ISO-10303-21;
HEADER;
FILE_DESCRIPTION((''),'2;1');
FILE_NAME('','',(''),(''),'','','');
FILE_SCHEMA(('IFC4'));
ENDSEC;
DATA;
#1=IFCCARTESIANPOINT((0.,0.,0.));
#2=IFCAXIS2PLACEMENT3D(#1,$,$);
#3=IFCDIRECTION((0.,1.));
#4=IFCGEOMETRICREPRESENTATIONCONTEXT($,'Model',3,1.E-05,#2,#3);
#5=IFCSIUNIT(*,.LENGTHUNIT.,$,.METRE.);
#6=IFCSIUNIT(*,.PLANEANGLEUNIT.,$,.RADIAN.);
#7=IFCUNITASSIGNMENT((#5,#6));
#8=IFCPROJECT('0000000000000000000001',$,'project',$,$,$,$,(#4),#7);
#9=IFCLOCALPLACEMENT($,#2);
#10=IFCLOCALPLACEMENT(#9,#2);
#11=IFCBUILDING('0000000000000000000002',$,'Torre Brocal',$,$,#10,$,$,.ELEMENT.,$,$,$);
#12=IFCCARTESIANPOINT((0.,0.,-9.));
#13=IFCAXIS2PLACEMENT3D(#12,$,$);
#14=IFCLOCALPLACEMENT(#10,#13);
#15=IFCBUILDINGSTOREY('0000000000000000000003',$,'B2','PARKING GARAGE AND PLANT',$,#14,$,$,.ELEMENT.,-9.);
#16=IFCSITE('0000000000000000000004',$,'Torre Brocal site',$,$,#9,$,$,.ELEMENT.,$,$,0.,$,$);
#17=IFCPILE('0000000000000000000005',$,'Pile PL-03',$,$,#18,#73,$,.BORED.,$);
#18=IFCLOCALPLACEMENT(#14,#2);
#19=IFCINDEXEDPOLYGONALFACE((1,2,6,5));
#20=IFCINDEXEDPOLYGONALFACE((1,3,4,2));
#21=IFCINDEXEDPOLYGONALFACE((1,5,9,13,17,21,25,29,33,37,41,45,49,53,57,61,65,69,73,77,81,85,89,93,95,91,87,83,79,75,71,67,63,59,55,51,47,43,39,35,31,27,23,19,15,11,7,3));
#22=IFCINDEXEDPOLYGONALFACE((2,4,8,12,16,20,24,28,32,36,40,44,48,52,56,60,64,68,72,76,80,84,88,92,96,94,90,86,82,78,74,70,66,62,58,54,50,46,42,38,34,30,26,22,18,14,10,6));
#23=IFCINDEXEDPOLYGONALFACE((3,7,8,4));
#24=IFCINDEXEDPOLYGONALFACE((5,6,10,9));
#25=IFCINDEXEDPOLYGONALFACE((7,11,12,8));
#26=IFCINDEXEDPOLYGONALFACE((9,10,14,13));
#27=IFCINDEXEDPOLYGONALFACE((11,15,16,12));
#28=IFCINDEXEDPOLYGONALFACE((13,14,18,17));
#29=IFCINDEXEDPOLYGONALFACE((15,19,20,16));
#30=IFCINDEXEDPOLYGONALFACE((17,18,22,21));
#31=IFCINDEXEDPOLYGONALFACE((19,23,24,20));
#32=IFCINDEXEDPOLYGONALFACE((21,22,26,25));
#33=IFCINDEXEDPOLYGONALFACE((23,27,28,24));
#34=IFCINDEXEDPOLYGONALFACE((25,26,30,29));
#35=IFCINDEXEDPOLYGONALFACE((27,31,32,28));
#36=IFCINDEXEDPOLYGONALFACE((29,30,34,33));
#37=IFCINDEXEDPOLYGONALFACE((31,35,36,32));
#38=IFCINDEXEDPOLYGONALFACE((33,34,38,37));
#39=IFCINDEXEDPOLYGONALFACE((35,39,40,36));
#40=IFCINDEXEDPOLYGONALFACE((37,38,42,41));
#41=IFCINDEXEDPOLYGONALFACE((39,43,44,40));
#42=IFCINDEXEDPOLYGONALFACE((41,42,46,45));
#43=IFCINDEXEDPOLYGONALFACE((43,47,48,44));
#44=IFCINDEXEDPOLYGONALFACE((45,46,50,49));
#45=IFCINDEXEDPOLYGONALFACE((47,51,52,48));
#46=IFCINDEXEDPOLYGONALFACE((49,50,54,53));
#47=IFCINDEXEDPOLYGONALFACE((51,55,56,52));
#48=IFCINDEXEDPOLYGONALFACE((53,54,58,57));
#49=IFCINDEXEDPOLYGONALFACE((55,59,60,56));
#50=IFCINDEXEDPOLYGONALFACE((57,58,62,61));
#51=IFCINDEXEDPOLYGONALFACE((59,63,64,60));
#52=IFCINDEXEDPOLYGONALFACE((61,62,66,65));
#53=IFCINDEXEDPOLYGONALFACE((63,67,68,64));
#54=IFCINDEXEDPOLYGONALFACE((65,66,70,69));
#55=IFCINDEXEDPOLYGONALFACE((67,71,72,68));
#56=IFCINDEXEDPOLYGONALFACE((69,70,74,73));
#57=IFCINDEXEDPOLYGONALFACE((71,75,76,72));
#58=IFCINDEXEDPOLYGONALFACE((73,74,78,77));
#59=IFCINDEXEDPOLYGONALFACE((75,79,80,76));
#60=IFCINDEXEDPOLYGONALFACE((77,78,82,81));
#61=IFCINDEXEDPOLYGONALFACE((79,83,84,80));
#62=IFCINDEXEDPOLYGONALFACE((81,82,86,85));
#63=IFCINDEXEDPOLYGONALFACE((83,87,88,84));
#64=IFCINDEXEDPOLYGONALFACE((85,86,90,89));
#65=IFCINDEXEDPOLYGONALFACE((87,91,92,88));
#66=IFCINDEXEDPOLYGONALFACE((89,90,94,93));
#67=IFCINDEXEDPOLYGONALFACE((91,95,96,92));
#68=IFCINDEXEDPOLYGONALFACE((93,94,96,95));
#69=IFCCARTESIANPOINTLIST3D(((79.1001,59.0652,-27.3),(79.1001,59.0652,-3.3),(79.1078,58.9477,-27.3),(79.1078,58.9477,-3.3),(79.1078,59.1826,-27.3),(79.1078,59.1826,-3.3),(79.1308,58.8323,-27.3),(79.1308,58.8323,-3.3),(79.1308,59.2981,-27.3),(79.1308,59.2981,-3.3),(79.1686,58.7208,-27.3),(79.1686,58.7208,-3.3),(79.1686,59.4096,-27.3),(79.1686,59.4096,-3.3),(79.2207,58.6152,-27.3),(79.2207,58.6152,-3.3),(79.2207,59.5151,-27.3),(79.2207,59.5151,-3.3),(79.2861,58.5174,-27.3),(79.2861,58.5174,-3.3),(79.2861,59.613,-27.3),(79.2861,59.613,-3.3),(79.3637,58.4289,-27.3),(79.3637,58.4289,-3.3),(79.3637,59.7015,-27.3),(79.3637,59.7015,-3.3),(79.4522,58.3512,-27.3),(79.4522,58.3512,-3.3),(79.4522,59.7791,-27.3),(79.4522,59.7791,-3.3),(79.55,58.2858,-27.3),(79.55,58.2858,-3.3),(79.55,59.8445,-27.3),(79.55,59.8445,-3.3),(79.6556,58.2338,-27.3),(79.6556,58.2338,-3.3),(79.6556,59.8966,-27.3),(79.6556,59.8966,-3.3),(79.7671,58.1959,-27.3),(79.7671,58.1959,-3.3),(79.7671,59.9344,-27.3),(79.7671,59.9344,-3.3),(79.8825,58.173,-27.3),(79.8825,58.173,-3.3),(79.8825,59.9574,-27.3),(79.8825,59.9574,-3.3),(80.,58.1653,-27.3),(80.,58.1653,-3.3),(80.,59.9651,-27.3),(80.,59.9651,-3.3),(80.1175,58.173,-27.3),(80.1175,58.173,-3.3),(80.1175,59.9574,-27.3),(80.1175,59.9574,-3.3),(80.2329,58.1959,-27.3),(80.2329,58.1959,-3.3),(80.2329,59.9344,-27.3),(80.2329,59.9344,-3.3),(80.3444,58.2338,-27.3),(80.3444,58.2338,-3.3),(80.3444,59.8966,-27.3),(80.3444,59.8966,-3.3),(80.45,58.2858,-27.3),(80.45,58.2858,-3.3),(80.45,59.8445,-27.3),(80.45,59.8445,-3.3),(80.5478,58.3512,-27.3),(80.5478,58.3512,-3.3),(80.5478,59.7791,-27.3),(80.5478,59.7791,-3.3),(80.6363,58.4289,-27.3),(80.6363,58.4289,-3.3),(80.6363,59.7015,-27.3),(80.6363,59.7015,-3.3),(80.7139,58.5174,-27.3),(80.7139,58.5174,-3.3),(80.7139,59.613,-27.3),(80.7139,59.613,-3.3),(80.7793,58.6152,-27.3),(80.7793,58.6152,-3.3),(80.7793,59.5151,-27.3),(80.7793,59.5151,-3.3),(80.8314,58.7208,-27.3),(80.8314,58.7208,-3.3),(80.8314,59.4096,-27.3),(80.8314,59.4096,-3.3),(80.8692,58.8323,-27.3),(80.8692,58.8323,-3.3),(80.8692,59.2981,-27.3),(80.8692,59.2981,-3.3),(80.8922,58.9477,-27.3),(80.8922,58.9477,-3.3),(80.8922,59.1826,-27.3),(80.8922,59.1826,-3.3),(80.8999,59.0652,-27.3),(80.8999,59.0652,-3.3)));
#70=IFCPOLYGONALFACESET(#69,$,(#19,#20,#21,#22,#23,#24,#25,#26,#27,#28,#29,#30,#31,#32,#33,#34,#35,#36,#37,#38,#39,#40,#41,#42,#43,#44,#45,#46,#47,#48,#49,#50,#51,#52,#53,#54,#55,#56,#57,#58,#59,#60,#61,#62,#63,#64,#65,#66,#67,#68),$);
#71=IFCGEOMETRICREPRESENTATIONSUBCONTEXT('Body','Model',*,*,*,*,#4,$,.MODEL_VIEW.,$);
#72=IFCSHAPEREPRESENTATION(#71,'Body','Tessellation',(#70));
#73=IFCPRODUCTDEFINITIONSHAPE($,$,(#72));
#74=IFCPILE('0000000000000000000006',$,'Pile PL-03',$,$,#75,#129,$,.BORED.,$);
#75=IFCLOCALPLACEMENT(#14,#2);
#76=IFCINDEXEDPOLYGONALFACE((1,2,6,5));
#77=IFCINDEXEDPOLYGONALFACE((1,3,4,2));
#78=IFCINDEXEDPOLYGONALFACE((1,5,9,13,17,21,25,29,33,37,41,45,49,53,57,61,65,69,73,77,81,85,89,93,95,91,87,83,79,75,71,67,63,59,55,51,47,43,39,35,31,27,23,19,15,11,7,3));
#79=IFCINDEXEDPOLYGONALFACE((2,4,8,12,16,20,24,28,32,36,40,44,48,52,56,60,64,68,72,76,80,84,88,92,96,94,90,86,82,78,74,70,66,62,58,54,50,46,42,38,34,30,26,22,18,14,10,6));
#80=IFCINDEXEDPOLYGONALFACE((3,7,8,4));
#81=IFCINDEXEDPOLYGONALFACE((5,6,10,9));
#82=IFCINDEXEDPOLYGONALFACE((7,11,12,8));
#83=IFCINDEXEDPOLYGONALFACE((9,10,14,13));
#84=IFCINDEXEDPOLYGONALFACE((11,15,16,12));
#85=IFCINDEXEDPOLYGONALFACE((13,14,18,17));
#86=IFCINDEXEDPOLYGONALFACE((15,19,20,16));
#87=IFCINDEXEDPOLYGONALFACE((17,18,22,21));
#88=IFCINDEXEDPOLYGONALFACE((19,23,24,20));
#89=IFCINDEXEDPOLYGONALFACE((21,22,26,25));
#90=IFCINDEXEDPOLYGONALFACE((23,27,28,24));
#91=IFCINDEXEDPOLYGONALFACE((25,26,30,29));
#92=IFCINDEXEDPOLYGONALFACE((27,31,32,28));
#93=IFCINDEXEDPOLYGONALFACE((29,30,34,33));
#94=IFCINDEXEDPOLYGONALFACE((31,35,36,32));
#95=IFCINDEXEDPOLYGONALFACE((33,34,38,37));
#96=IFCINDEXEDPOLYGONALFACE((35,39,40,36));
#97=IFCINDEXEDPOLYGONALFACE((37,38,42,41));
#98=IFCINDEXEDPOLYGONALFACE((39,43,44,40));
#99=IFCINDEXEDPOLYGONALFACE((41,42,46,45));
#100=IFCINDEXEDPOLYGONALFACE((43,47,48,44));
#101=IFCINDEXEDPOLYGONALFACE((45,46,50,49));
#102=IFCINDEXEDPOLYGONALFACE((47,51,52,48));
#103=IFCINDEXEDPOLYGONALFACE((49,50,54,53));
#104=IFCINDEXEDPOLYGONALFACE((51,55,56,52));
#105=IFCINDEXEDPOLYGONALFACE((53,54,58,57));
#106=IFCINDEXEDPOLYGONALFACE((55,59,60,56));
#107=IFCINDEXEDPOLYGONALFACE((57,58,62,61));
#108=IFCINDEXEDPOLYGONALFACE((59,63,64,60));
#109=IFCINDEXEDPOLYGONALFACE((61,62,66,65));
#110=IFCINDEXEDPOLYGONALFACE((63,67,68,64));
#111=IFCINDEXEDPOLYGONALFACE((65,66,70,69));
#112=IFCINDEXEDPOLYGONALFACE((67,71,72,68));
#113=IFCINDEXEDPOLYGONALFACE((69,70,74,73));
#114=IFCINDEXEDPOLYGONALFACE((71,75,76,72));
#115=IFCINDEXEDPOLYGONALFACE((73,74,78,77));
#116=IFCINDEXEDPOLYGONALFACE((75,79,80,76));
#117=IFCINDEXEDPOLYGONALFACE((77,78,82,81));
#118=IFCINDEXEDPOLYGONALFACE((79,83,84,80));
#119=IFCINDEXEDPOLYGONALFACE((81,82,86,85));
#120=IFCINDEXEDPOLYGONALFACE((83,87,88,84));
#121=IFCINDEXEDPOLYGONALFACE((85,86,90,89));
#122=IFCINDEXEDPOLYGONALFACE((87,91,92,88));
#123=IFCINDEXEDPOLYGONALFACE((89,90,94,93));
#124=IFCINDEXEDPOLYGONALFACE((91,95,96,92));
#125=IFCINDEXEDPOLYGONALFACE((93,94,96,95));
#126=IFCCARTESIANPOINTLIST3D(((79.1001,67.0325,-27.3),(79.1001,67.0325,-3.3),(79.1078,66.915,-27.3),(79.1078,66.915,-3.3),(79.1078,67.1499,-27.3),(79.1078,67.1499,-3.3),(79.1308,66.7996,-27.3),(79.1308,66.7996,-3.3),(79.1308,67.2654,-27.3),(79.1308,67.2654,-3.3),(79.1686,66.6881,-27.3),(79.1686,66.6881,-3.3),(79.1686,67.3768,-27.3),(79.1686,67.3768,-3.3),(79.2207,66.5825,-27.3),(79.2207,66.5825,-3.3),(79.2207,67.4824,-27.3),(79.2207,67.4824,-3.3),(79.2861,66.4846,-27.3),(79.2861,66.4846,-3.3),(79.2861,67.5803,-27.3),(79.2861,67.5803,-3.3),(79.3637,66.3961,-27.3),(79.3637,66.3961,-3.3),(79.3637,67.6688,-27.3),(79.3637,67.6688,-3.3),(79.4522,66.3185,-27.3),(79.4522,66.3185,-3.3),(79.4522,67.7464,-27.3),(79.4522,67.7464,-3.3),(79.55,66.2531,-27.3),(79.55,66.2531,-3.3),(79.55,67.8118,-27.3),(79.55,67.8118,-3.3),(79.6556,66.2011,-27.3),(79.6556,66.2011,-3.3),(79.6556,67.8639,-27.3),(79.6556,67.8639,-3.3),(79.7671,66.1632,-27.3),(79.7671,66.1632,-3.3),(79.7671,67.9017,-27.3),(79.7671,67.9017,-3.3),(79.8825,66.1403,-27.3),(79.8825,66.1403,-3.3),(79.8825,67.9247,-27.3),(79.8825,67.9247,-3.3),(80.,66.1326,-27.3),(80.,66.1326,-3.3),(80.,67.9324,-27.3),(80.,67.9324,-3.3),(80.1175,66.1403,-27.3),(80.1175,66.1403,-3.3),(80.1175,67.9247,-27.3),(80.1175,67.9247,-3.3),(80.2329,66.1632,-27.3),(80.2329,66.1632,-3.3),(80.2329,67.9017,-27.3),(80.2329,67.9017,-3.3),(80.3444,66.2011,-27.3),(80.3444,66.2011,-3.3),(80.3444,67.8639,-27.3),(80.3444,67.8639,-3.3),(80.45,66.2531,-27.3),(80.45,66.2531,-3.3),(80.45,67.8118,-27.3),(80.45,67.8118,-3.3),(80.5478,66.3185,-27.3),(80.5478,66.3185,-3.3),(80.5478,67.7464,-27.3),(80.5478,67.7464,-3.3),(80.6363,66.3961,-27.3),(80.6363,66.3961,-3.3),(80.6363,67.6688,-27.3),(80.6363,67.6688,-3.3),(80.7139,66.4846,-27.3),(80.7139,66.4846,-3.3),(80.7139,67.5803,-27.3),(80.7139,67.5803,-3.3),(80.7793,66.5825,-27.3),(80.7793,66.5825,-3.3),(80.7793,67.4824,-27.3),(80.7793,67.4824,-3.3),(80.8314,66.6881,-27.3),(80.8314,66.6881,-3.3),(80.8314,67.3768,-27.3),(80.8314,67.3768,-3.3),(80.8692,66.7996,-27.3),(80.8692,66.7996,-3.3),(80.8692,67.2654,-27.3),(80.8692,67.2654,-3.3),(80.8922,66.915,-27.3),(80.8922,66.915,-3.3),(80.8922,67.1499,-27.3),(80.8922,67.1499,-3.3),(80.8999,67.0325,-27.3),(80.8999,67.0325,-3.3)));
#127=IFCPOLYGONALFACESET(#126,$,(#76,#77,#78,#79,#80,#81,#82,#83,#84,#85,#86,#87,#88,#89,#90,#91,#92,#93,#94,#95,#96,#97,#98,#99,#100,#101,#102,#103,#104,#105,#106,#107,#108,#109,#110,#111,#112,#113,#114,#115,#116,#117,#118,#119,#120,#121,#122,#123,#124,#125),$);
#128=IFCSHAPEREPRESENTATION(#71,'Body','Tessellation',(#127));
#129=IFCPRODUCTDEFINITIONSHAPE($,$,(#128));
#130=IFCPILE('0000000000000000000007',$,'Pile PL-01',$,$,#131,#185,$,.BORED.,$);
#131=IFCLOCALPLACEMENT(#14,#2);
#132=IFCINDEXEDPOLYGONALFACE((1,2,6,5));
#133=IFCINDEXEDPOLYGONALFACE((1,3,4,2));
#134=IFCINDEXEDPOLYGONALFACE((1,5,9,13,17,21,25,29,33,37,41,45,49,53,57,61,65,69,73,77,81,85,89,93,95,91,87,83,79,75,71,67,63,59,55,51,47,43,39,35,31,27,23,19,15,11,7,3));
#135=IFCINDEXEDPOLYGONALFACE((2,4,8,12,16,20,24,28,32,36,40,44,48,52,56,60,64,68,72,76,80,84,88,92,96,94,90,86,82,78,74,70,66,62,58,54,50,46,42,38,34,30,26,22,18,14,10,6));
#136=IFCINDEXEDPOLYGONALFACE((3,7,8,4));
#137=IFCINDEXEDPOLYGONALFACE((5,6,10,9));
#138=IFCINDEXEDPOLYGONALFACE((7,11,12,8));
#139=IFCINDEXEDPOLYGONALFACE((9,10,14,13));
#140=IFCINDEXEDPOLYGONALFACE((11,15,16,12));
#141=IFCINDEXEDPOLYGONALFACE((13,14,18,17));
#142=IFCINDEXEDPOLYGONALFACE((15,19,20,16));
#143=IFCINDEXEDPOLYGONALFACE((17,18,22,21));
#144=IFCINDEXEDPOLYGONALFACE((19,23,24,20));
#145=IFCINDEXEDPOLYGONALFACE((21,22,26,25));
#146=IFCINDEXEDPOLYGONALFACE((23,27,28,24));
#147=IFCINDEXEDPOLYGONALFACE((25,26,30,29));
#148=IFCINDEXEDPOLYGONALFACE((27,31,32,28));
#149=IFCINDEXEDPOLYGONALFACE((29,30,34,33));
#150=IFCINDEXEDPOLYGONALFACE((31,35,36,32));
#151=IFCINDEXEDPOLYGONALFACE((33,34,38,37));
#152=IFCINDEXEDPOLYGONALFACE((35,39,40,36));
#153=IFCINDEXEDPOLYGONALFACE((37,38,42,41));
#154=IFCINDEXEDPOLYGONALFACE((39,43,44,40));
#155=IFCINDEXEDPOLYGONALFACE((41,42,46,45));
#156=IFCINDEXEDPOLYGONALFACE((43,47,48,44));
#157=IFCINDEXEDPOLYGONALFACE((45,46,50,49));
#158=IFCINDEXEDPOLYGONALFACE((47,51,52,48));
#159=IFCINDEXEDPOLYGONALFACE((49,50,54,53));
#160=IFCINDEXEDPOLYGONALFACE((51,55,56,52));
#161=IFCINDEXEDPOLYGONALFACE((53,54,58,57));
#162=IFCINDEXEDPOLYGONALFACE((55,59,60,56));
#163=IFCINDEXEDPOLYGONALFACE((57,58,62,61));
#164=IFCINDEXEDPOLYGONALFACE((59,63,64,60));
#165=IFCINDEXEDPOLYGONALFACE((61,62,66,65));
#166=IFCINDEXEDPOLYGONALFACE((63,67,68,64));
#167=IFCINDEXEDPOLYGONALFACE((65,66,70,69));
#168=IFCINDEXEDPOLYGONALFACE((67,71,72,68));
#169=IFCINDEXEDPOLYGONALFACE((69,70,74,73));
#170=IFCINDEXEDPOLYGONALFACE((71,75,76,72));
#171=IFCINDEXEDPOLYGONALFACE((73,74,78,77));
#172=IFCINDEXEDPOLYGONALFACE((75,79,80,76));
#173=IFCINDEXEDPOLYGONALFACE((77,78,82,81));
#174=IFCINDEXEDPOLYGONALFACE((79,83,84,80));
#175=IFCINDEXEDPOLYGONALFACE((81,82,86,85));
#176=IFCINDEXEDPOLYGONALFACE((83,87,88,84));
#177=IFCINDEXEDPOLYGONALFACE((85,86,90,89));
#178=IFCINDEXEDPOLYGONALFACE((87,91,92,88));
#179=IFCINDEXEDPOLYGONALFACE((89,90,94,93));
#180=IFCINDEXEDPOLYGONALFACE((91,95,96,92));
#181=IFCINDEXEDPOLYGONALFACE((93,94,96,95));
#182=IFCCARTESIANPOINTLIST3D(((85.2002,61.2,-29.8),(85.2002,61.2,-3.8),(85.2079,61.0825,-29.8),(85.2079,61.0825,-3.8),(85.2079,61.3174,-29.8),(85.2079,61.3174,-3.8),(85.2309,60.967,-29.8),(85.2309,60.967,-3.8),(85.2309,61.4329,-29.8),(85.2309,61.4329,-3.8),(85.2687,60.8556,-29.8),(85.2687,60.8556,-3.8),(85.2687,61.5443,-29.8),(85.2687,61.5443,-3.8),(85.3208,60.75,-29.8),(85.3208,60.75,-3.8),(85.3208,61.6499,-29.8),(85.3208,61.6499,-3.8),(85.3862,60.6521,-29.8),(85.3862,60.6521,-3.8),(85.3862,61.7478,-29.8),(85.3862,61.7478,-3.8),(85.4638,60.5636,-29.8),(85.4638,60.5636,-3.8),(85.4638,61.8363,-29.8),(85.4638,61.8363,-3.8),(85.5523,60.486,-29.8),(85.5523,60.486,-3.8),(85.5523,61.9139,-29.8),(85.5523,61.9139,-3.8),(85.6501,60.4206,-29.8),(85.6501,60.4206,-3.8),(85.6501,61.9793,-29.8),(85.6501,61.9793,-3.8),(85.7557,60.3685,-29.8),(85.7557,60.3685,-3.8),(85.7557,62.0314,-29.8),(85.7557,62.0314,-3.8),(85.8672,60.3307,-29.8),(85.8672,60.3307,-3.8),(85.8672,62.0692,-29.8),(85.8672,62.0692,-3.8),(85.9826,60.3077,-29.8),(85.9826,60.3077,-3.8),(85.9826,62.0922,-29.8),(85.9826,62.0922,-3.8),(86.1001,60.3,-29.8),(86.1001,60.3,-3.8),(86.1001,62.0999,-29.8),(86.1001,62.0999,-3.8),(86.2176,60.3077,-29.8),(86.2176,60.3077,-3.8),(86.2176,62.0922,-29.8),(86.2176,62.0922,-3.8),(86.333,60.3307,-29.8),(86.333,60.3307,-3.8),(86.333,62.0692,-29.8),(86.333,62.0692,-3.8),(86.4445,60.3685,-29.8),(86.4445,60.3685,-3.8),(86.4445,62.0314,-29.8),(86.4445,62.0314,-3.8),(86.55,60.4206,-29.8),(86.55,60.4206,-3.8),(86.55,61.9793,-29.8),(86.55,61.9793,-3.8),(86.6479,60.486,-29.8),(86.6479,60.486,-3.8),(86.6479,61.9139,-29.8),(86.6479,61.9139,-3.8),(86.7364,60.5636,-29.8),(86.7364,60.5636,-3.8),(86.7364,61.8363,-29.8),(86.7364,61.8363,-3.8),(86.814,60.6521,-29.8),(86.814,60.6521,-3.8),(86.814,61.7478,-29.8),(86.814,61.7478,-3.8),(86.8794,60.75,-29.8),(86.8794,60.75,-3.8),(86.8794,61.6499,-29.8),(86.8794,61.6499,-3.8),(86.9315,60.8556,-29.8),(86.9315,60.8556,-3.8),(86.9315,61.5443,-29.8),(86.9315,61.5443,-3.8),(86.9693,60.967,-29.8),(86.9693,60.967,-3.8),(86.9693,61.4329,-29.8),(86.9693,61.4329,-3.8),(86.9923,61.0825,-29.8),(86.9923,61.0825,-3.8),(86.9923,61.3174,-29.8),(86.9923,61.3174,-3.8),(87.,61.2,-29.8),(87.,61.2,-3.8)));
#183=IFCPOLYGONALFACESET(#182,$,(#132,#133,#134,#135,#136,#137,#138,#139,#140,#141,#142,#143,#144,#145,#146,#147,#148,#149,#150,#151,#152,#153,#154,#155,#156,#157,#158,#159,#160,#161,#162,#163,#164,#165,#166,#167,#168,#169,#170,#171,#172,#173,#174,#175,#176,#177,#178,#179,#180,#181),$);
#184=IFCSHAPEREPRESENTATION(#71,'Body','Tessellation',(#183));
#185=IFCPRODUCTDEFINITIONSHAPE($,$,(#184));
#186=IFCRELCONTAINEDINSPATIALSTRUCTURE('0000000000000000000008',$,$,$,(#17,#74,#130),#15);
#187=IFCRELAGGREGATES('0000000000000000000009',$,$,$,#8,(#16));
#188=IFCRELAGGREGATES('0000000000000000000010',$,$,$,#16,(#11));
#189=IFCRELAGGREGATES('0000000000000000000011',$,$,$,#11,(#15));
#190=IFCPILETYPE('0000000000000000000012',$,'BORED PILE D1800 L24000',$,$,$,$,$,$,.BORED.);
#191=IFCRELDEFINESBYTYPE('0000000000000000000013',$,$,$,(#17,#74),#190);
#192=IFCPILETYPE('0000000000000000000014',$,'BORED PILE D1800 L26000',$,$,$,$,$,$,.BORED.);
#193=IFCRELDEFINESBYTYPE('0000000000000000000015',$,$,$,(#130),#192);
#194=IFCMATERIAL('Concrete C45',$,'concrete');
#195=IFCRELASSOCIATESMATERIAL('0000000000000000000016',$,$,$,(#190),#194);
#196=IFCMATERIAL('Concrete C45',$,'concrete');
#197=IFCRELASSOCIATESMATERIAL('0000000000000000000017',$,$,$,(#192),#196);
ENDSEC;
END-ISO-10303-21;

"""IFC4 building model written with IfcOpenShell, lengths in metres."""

from ifc_helpers import new_model, si_unit, direction, frame, origin, origin_2d, place, context, subcontext, project, spatial, circle, extrude, material, material_profile, profile_set, type_object, element, save


model = new_model("IFC4")

# Units and contexts
model_context = context("Model", 3, precision=1e-05, world=origin(), true_north=direction((0.0, 1.0)))
body_context = subcontext(model_context, "Body", "Model", "MODEL_VIEW")
ifc_project = project(units=[si_unit("LENGTHUNIT", "METRE"), si_unit("PLANEANGLEUNIT", "RADIAN")], contexts=[model_context])

# Site, building, storey
site_placement = place(None, origin())
site = spatial("IfcSite", under=ifc_project, at=site_placement, Name="Torre Brocal site", CompositionType="ELEMENT", RefElevation=0.0)
building_placement = place(site_placement, origin())
building = spatial("IfcBuilding", under=site, at=building_placement, Name="Torre Brocal", CompositionType="ELEMENT")
storey_placement = place(building_placement, frame((0.0, 0.0, -9.0)))
storey = spatial("IfcBuildingStorey", under=building, at=storey_placement, Name="B2", Description="PARKING GARAGE AND PLANT", CompositionType="ELEMENT", Elevation=-9.0)

# Piles
ifc_material_1 = material(Name="Concrete C45", Category="concrete")
ifc_material_profile_1 = material_profile(ifc_material_1, circle(Radius=0.8999, at=origin_2d()), Name="BORED PILE D1800")
ifc_profile_set_1 = profile_set([ifc_material_profile_1], Name="Concrete C45")
pile_type_1 = type_object("IfcPileType", Name="BORED PILE D1800 L24000", PredefinedType="BORED", material=ifc_profile_set_1)
for number, where, z_axis, x_axis, name in (
    (1, (80.0, 59.0652, -3.3), (0.0, 0.0, -1.0), (1.0, 0.0, 0.0), "Pile PL-03"),
    (2, (80.0, 67.0325, -3.3), (0.0, 0.0, -1.0), (1.0, 0.0, 0.0), "Pile PL-03"),
):
    element("IfcPile", number, at=place(storey_placement, frame(where, z_axis=z_axis, x_axis=x_axis)), inside=storey, type_object=pile_type_1, Name=name, PredefinedType="BORED", context=body_context, shape_type="SweptSolid", body=[
        extrude(circle(Radius=0.8999, at=origin_2d()), origin(), (0.0, 0.0, 1.0), 24.0),
    ])
ifc_material_2 = material(Name="Concrete C45", Category="concrete")
ifc_material_profile_2 = material_profile(ifc_material_2, circle(Radius=0.8999, at=origin_2d()), Name="BORED PILE D1800")
ifc_profile_set_2 = profile_set([ifc_material_profile_2], Name="Concrete C45")
pile_type_2 = type_object("IfcPileType", Name="BORED PILE D1800 L26000", PredefinedType="BORED", material=ifc_profile_set_2)
for number, where, z_axis, x_axis, name in (
    (3, (86.1001, 61.2, -3.8), (0.0, 0.0, -1.0), (1.0, 0.0, 0.0), "Pile PL-01"),
):
    element("IfcPile", number, at=place(storey_placement, frame(where, z_axis=z_axis, x_axis=x_axis)), inside=storey, type_object=pile_type_2, Name=name, PredefinedType="BORED", context=body_context, shape_type="SweptSolid", body=[
        extrude(circle(Radius=0.8999, at=origin_2d()), origin(), (0.0, 0.0, 1.0), 26.0),
    ])

save(model, "model.ifc")
